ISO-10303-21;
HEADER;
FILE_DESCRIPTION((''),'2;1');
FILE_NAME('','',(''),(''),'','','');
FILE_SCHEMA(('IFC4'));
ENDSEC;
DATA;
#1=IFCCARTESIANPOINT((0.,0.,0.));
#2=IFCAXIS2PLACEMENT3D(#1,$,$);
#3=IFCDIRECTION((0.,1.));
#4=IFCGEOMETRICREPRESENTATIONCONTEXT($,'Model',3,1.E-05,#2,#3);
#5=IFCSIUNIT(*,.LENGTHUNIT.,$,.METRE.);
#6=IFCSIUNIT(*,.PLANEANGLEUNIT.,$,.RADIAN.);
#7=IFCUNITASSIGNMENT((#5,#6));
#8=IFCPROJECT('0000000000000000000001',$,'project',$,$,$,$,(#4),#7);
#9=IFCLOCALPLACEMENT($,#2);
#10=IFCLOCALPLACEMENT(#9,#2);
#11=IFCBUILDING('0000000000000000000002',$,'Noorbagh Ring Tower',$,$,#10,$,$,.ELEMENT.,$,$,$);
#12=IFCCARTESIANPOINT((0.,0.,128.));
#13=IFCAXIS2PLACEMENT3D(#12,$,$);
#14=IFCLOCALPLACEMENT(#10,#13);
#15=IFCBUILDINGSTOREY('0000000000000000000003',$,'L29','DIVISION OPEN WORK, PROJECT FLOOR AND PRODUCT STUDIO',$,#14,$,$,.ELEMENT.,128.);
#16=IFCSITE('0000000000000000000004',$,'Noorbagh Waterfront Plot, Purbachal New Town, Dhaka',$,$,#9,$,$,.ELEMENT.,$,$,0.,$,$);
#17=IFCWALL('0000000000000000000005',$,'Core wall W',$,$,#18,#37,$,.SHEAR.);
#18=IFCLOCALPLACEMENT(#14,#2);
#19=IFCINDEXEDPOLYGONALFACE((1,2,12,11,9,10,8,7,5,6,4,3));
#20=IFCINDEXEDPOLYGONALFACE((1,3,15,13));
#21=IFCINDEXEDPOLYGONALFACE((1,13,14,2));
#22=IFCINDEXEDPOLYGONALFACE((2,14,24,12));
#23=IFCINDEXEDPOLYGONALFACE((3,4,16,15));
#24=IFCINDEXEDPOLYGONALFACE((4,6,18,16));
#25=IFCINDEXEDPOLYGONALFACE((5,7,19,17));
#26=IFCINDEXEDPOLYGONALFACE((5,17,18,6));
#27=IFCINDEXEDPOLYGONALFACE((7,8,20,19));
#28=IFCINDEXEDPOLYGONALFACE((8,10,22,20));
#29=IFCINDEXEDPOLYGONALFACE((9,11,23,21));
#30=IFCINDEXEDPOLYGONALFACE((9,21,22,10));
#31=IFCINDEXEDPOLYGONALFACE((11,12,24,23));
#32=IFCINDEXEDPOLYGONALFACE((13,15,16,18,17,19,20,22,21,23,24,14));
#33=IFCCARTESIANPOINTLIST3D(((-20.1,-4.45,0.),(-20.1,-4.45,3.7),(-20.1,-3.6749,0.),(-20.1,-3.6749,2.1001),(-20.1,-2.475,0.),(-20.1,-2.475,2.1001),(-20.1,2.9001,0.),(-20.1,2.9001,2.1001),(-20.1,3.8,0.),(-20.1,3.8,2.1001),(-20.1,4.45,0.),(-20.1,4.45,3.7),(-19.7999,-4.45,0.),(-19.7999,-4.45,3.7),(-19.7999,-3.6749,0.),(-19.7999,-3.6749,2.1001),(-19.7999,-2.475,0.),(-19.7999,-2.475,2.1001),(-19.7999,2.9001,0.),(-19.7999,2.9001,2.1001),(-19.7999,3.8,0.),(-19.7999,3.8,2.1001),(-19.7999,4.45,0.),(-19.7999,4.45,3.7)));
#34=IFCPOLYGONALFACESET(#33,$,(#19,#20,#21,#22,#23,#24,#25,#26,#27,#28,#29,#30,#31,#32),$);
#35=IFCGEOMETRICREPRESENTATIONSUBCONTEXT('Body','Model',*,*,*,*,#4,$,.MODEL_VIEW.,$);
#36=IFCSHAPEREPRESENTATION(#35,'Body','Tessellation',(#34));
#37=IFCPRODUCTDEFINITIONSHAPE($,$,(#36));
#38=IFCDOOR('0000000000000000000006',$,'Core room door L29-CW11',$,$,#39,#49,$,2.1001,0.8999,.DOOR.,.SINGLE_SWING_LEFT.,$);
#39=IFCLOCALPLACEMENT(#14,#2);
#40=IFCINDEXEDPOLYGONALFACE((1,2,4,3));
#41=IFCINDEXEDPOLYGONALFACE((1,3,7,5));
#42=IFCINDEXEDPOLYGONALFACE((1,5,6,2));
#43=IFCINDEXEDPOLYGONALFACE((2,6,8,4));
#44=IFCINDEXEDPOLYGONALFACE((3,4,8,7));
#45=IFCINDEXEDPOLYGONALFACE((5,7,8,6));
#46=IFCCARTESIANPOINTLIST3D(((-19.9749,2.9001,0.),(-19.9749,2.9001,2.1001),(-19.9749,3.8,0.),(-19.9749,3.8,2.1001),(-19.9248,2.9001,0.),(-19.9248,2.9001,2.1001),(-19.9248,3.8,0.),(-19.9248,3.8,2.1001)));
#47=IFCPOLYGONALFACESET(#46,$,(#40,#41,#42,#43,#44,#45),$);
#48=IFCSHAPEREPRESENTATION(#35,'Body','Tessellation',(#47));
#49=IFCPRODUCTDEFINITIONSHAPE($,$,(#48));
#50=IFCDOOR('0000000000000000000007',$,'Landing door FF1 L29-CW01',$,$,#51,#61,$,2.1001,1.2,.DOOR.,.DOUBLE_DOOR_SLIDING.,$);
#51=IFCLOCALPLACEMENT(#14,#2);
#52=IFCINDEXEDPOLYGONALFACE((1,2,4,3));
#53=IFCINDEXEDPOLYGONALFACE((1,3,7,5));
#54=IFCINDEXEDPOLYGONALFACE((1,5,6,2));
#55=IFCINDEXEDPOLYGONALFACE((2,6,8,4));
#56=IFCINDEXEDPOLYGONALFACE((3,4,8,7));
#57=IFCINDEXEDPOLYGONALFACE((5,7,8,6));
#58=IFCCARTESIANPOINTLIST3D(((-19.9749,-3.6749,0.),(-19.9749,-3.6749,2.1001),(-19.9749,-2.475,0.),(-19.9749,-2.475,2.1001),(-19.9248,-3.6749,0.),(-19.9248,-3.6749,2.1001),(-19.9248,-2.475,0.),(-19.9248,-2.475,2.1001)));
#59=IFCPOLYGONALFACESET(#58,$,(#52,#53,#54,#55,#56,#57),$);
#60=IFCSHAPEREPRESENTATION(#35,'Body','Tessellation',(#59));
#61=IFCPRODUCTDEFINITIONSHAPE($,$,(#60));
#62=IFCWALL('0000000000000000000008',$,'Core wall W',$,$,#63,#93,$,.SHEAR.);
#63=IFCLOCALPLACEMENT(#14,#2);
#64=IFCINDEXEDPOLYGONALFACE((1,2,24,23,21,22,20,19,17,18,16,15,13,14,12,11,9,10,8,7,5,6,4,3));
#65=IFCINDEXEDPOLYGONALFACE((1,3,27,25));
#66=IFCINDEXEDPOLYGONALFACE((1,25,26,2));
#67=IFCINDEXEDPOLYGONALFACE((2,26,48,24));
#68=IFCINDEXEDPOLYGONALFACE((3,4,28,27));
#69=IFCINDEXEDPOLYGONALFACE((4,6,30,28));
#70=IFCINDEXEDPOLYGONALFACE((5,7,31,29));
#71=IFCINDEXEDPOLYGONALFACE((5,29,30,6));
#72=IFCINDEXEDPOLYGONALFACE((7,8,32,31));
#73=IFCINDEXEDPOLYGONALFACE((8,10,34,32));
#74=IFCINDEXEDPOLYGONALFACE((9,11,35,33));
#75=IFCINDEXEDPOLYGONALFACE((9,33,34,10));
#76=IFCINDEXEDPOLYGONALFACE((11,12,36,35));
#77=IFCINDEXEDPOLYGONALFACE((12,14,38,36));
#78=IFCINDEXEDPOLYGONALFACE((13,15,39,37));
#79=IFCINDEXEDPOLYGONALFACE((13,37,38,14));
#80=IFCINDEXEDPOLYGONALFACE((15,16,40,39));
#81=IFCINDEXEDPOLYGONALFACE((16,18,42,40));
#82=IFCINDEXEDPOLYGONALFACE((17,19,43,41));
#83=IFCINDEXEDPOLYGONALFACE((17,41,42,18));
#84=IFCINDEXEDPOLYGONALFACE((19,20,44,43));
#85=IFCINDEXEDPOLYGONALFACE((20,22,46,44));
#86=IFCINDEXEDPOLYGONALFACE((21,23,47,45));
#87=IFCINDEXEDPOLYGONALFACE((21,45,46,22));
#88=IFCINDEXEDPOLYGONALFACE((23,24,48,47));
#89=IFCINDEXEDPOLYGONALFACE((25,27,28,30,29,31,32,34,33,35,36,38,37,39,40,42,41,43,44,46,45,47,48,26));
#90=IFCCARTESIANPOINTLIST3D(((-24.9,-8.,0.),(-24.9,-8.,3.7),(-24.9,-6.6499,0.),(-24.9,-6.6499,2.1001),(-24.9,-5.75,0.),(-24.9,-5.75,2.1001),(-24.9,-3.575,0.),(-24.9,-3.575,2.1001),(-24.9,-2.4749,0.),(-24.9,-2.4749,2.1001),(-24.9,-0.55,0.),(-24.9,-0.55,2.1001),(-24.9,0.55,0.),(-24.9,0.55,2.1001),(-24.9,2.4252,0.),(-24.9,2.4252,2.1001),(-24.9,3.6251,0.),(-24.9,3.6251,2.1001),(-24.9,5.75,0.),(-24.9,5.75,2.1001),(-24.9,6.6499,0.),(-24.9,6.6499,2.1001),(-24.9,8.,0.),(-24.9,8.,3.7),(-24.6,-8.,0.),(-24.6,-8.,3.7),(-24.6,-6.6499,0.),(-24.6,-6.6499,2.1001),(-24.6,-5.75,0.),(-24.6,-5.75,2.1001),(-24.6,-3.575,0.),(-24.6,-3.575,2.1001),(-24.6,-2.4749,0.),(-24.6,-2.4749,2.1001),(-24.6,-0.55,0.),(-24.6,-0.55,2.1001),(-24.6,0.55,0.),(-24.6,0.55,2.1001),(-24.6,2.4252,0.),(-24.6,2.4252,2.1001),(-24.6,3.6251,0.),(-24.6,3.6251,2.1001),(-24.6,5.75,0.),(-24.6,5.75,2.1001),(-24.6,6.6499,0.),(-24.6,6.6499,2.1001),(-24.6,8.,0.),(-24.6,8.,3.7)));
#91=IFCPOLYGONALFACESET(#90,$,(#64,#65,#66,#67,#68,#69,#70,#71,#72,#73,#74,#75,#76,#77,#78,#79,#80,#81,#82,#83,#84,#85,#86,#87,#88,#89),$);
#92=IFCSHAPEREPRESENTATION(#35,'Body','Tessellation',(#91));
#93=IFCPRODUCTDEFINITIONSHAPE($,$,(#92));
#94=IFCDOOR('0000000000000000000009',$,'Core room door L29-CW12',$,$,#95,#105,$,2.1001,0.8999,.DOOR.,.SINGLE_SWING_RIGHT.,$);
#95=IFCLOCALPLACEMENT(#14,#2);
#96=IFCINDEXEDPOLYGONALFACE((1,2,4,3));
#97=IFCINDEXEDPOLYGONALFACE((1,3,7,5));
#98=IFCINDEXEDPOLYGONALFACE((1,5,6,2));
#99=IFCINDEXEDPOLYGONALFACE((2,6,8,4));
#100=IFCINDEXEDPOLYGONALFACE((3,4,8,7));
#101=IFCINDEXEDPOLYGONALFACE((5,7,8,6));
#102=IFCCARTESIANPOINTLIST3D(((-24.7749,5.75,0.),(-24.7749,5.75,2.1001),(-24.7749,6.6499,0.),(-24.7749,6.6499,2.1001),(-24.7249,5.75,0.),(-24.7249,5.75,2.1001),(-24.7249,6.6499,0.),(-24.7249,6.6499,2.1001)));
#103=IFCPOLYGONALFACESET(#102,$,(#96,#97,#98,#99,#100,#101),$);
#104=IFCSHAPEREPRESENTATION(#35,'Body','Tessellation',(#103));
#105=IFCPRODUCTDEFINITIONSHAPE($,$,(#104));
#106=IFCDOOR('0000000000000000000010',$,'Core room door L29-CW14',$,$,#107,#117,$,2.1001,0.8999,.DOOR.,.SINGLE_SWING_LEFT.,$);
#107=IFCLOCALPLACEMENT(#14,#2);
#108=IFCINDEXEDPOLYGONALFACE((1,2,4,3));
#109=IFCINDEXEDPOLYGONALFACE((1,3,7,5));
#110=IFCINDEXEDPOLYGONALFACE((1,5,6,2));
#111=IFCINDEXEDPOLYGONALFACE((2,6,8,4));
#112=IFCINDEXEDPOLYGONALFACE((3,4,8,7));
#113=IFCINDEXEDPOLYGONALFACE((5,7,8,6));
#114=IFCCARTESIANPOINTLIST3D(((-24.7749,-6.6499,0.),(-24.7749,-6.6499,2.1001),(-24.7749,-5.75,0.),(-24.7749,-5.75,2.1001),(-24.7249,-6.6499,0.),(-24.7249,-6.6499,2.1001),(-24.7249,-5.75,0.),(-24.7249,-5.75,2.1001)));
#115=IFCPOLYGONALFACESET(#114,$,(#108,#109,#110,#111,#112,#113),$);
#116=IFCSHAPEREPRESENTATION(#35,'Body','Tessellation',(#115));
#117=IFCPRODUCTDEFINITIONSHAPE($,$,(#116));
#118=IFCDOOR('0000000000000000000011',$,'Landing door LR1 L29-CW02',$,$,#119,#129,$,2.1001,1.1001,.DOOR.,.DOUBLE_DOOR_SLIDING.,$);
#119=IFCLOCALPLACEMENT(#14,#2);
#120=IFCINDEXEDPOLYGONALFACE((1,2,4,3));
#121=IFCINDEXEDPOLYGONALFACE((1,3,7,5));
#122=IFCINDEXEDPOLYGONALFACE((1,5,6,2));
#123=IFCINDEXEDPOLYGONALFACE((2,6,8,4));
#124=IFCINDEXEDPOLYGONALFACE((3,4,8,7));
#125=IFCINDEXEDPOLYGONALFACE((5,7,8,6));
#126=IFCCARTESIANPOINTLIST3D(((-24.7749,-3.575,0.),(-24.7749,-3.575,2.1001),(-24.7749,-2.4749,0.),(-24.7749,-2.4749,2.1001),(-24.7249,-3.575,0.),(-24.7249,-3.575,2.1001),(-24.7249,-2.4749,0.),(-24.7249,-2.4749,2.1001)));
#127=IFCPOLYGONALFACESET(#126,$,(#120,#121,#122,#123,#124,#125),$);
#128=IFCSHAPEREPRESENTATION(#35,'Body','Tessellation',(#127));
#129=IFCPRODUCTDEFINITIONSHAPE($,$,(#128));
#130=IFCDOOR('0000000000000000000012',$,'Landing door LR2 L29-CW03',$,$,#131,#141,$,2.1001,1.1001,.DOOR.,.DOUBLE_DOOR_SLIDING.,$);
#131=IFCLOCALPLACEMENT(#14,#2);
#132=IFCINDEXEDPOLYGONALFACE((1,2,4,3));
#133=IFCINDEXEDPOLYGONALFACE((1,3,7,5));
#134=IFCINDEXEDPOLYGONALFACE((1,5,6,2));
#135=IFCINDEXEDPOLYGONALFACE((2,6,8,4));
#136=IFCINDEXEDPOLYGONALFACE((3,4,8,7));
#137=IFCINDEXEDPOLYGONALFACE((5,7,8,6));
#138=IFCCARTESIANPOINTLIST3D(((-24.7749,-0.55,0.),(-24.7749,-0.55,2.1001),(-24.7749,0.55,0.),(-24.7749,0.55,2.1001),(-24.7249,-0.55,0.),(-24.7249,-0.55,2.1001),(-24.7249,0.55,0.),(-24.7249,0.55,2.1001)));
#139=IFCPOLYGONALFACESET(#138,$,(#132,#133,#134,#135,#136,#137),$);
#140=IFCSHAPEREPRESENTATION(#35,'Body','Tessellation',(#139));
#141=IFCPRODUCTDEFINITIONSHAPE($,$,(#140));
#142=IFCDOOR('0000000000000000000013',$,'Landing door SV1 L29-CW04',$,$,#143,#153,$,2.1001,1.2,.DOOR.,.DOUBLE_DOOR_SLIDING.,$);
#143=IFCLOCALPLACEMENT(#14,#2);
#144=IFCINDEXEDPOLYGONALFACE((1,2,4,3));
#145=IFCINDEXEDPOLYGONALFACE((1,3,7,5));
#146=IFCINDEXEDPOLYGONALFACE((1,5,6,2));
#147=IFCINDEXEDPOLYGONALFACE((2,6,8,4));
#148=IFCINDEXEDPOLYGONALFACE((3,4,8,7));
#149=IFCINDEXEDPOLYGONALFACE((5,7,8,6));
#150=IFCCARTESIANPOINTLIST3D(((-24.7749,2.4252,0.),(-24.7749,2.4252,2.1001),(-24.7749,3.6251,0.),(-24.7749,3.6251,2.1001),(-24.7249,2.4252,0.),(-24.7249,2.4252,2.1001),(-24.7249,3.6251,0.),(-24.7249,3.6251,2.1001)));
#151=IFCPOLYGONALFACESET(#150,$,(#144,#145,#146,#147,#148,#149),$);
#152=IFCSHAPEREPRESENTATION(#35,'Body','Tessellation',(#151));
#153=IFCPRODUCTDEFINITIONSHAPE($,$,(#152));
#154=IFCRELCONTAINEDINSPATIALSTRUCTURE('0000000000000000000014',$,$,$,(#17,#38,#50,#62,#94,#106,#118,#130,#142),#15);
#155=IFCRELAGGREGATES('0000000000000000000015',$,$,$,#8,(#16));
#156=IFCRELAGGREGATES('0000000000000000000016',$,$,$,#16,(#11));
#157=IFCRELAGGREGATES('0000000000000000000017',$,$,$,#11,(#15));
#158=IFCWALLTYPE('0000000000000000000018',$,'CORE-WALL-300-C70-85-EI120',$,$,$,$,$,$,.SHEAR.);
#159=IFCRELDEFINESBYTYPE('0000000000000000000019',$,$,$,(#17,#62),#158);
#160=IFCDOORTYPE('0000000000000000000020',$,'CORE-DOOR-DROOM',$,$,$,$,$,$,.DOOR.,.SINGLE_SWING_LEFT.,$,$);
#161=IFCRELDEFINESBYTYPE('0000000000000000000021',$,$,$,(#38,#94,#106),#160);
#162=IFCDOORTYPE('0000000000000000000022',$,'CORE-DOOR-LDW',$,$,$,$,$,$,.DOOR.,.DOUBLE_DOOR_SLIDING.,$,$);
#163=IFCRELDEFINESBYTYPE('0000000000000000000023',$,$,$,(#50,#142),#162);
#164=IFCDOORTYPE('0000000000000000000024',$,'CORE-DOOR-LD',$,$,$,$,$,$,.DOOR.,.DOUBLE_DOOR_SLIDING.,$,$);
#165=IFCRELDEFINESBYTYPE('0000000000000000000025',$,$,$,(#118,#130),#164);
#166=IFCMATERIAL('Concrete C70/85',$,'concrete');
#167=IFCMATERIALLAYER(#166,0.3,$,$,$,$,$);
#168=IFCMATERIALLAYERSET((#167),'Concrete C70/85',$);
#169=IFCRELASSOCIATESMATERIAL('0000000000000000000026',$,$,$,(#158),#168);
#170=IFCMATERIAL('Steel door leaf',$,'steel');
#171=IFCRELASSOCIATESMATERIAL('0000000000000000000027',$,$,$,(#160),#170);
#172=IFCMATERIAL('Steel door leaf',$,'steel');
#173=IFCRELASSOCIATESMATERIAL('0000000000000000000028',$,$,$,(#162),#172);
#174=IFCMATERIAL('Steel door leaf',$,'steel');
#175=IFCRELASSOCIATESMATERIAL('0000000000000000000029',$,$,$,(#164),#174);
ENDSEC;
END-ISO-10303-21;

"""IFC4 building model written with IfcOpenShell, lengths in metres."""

from ifc_helpers import new_model, si_unit, direction, frame, frame_2d, origin, place, context, subcontext, project, spatial, rectangle, extrude, material, layer, layer_set, type_object, element, fill, save


model = new_model("IFC4")

# Units and contexts
model_context = context("Model", 3, precision=1e-05, world=origin(), true_north=direction((0.0, 1.0)))
body_context = subcontext(model_context, "Body", "Model", "MODEL_VIEW")
ifc_project = project(units=[si_unit("LENGTHUNIT", "METRE"), si_unit("PLANEANGLEUNIT", "RADIAN")], contexts=[model_context])

# Site, building, storey
site_placement = place(None, origin())
site = spatial("IfcSite", under=ifc_project, at=site_placement, Name="Noorbagh Waterfront Plot, Purbachal New Town, Dhaka", CompositionType="ELEMENT", RefElevation=0.0)
building_placement = place(site_placement, origin())
building = spatial("IfcBuilding", under=site, at=building_placement, Name="Noorbagh Ring Tower", CompositionType="ELEMENT")
storey_placement = place(building_placement, frame((0.0, 0.0, 128.0)))
storey = spatial("IfcBuildingStorey", under=building, at=storey_placement, Name="L29", Description="DIVISION OPEN WORK, PROJECT FLOOR AND PRODUCT STUDIO", CompositionType="ELEMENT", Elevation=128.0)

# Shared definitions
ifc_material_1 = material(Name="Concrete C70/85", Category="concrete")
ifc_layer_1 = layer(ifc_material_1, 0.3)
ifc_layer_set_1 = layer_set([ifc_layer_1], Name="Concrete C70/85")
wall_type_1 = type_object("IfcWallType", Name="CORE-WALL-300-C70-85-EI120", PredefinedType="SHEAR", material=ifc_layer_set_1)

# Walls, openings, doors
wall_1_placement = place(storey_placement, frame((-19.95, -4.45, 0.0), z_axis=(0.0, 0.0, 1.0), x_axis=(0.0, 1.0, 0.0)))
wall_1 = element("IfcWall", 1, at=wall_1_placement, inside=storey, type_object=wall_type_1, Name="Core wall W", PredefinedType="SHEAR", context=body_context, shape_type="SweptSolid", body=[
    extrude(rectangle(XDim=8.8999, YDim=0.3, at=frame_2d((4.45, 0.0))), origin(), (0.0, 0.0, 1.0), 3.7),
])
opening_1_placement = place(wall_1_placement, frame((0.7749, 0.0, 0.0)))
opening_1 = element("IfcOpeningElement", 2, at=opening_1_placement, cuts=wall_1, PredefinedType="OPENING", context=body_context, shape_type="SweptSolid", body=[
    extrude(rectangle(XDim=1.2, YDim=2.1001, at=frame_2d((0.6001, 1.05))), frame((0.0, 0.1602, 0.0), z_axis=(0.0, -1.0, 0.0), x_axis=(1.0, 0.0, 0.0)), (0.0, 0.0, 1.0), 0.3201),
])
opening_2_placement = place(wall_1_placement, frame((7.3501, 0.0, 0.0)))
opening_2 = element("IfcOpeningElement", 3, at=opening_2_placement, cuts=wall_1, PredefinedType="OPENING", context=body_context, shape_type="SweptSolid", body=[
    extrude(rectangle(XDim=0.8999, YDim=2.1001, at=frame_2d((0.45, 1.05))), frame((0.0, 0.1602, 0.0), z_axis=(0.0, -1.0, 0.0), x_axis=(1.0, 0.0, 0.0)), (0.0, 0.0, 1.0), 0.3201),
])
ifc_material_2 = material(Name="Steel door leaf", Category="steel")
door_type_1 = type_object("IfcDoorType", Name="CORE-DOOR-DROOM", OperationType="SINGLE_SWING_LEFT", PredefinedType="DOOR", material=ifc_material_2)
door_1_placement = place(opening_2_placement, origin())
door_1 = element("IfcDoor", 4, at=door_1_placement, inside=storey, type_object=door_type_1, Name="Core room door L29-CW11", OperationType="SINGLE_SWING_LEFT", OverallHeight=2.1001, OverallWidth=0.8999, PredefinedType="DOOR", context=body_context, shape_type="SweptSolid", body=[
    extrude(rectangle(XDim=0.8999, YDim=2.1001, at=frame_2d((0.45, 1.05))), frame((0.0, 0.0249, 0.0), z_axis=(0.0, -1.0, 0.0), x_axis=(1.0, 0.0, 0.0)), (0.0, 0.0, 1.0), 0.05),
])
fill(opening_2, door_1)
ifc_material_3 = material(Name="Steel door leaf", Category="steel")
door_type_2 = type_object("IfcDoorType", Name="CORE-DOOR-LDW", OperationType="DOUBLE_DOOR_SLIDING", PredefinedType="DOOR", material=ifc_material_3)
door_2_placement = place(opening_1_placement, origin())
door_2 = element("IfcDoor", 5, at=door_2_placement, inside=storey, type_object=door_type_2, Name="Landing door FF1 L29-CW01", OperationType="DOUBLE_DOOR_SLIDING", OverallHeight=2.1001, OverallWidth=1.2, PredefinedType="DOOR", context=body_context, shape_type="SweptSolid", body=[
    extrude(rectangle(XDim=1.2, YDim=2.1001, at=frame_2d((0.6001, 1.05))), frame((0.0, 0.0249, 0.0), z_axis=(0.0, -1.0, 0.0), x_axis=(1.0, 0.0, 0.0)), (0.0, 0.0, 1.0), 0.05),
])
fill(opening_1, door_2)
wall_2_placement = place(storey_placement, frame((-24.75, -8.0, 0.0), z_axis=(0.0, 0.0, 1.0), x_axis=(0.0, 1.0, 0.0)))
wall_2 = element("IfcWall", 6, at=wall_2_placement, inside=storey, type_object=wall_type_1, Name="Core wall W", PredefinedType="SHEAR", context=body_context, shape_type="SweptSolid", body=[
    extrude(rectangle(XDim=16.0, YDim=0.3, at=frame_2d((8.0, 0.0))), origin(), (0.0, 0.0, 1.0), 3.7),
])
opening_3_placement = place(wall_2_placement, frame((4.425, 0.0, 0.0)))
opening_3 = element("IfcOpeningElement", 7, at=opening_3_placement, cuts=wall_2, PredefinedType="OPENING", context=body_context, shape_type="SweptSolid", body=[
    extrude(rectangle(XDim=1.1001, YDim=2.1001, at=frame_2d((0.55, 1.05))), frame((0.0, 0.1602, 0.0), z_axis=(0.0, -1.0, 0.0), x_axis=(1.0, 0.0, 0.0)), (0.0, 0.0, 1.0), 0.3201),
])
opening_4_placement = place(wall_2_placement, frame((7.45, 0.0, 0.0)))
opening_4 = element("IfcOpeningElement", 8, at=opening_4_placement, cuts=wall_2, PredefinedType="OPENING", context=body_context, shape_type="SweptSolid", body=[
    extrude(rectangle(XDim=1.1001, YDim=2.1001, at=frame_2d((0.55, 1.05))), frame((0.0, 0.1602, 0.0), z_axis=(0.0, -1.0, 0.0), x_axis=(1.0, 0.0, 0.0)), (0.0, 0.0, 1.0), 0.3201),
])
opening_5_placement = place(wall_2_placement, frame((10.425, 0.0, 0.0)))
opening_5 = element("IfcOpeningElement", 9, at=opening_5_placement, cuts=wall_2, PredefinedType="OPENING", context=body_context, shape_type="SweptSolid", body=[
    extrude(rectangle(XDim=1.2, YDim=2.1001, at=frame_2d((0.6001, 1.05))), frame((0.0, 0.1602, 0.0), z_axis=(0.0, -1.0, 0.0), x_axis=(1.0, 0.0, 0.0)), (0.0, 0.0, 1.0), 0.3201),
])
opening_6_placement = place(wall_2_placement, frame((13.75, 0.0, 0.0)))
opening_6 = element("IfcOpeningElement", 10, at=opening_6_placement, cuts=wall_2, PredefinedType="OPENING", context=body_context, shape_type="SweptSolid", body=[
    extrude(rectangle(XDim=0.8999, YDim=2.1001, at=frame_2d((0.45, 1.05))), frame((0.0, 0.1602, 0.0), z_axis=(0.0, -1.0, 0.0), x_axis=(1.0, 0.0, 0.0)), (0.0, 0.0, 1.0), 0.3201),
])
opening_7_placement = place(wall_2_placement, frame((1.3501, 0.0, 0.0)))
opening_7 = element("IfcOpeningElement", 11, at=opening_7_placement, cuts=wall_2, PredefinedType="OPENING", context=body_context, shape_type="SweptSolid", body=[
    extrude(rectangle(XDim=0.8999, YDim=2.1001, at=frame_2d((0.45, 1.05))), frame((0.0, 0.1602, 0.0), z_axis=(0.0, -1.0, 0.0), x_axis=(1.0, 0.0, 0.0)), (0.0, 0.0, 1.0), 0.3201),
])
door_3_placement = place(opening_6_placement, origin())
door_3 = element("IfcDoor", 12, at=door_3_placement, inside=storey, type_object=door_type_1, Name="Core room door L29-CW12", OperationType="SINGLE_SWING_RIGHT", OverallHeight=2.1001, OverallWidth=0.8999, PredefinedType="DOOR", context=body_context, shape_type="SweptSolid", body=[
    extrude(rectangle(XDim=0.8999, YDim=2.1001, at=frame_2d((0.45, 1.05))), frame((0.0, 0.0249, 0.0), z_axis=(0.0, -1.0, 0.0), x_axis=(1.0, 0.0, 0.0)), (0.0, 0.0, 1.0), 0.05),
])
fill(opening_6, door_3)
door_4_placement = place(opening_7_placement, origin())
door_4 = element("IfcDoor", 13, at=door_4_placement, inside=storey, type_object=door_type_1, Name="Core room door L29-CW14", OperationType="SINGLE_SWING_LEFT", OverallHeight=2.1001, OverallWidth=0.8999, PredefinedType="DOOR", context=body_context, shape_type="SweptSolid", body=[
    extrude(rectangle(XDim=0.8999, YDim=2.1001, at=frame_2d((0.45, 1.05))), frame((0.0, 0.0249, 0.0), z_axis=(0.0, -1.0, 0.0), x_axis=(1.0, 0.0, 0.0)), (0.0, 0.0, 1.0), 0.05),
])
fill(opening_7, door_4)
ifc_material_4 = material(Name="Steel door leaf", Category="steel")
door_type_3 = type_object("IfcDoorType", Name="CORE-DOOR-LD", OperationType="DOUBLE_DOOR_SLIDING", PredefinedType="DOOR", material=ifc_material_4)
door_5_placement = place(opening_3_placement, origin())
door_5 = element("IfcDoor", 14, at=door_5_placement, inside=storey, type_object=door_type_3, Name="Landing door LR1 L29-CW02", OperationType="DOUBLE_DOOR_SLIDING", OverallHeight=2.1001, OverallWidth=1.1001, PredefinedType="DOOR", context=body_context, shape_type="SweptSolid", body=[
    extrude(rectangle(XDim=1.1001, YDim=2.1001, at=frame_2d((0.55, 1.05))), frame((0.0, 0.0249, 0.0), z_axis=(0.0, -1.0, 0.0), x_axis=(1.0, 0.0, 0.0)), (0.0, 0.0, 1.0), 0.05),
])
fill(opening_3, door_5)
door_6_placement = place(opening_4_placement, origin())
door_6 = element("IfcDoor", 15, at=door_6_placement, inside=storey, type_object=door_type_3, Name="Landing door LR2 L29-CW03", OperationType="DOUBLE_DOOR_SLIDING", OverallHeight=2.1001, OverallWidth=1.1001, PredefinedType="DOOR", context=body_context, shape_type="SweptSolid", body=[
    extrude(rectangle(XDim=1.1001, YDim=2.1001, at=frame_2d((0.55, 1.05))), frame((0.0, 0.0249, 0.0), z_axis=(0.0, -1.0, 0.0), x_axis=(1.0, 0.0, 0.0)), (0.0, 0.0, 1.0), 0.05),
])
fill(opening_4, door_6)
door_7_placement = place(opening_5_placement, origin())
door_7 = element("IfcDoor", 16, at=door_7_placement, inside=storey, type_object=door_type_2, Name="Landing door SV1 L29-CW04", OperationType="DOUBLE_DOOR_SLIDING", OverallHeight=2.1001, OverallWidth=1.2, PredefinedType="DOOR", context=body_context, shape_type="SweptSolid", body=[
    extrude(rectangle(XDim=1.2, YDim=2.1001, at=frame_2d((0.6001, 1.05))), frame((0.0, 0.0249, 0.0), z_axis=(0.0, -1.0, 0.0), x_axis=(1.0, 0.0, 0.0)), (0.0, 0.0, 1.0), 0.05),
])
fill(opening_5, door_7)

save(model, "model.ifc")
